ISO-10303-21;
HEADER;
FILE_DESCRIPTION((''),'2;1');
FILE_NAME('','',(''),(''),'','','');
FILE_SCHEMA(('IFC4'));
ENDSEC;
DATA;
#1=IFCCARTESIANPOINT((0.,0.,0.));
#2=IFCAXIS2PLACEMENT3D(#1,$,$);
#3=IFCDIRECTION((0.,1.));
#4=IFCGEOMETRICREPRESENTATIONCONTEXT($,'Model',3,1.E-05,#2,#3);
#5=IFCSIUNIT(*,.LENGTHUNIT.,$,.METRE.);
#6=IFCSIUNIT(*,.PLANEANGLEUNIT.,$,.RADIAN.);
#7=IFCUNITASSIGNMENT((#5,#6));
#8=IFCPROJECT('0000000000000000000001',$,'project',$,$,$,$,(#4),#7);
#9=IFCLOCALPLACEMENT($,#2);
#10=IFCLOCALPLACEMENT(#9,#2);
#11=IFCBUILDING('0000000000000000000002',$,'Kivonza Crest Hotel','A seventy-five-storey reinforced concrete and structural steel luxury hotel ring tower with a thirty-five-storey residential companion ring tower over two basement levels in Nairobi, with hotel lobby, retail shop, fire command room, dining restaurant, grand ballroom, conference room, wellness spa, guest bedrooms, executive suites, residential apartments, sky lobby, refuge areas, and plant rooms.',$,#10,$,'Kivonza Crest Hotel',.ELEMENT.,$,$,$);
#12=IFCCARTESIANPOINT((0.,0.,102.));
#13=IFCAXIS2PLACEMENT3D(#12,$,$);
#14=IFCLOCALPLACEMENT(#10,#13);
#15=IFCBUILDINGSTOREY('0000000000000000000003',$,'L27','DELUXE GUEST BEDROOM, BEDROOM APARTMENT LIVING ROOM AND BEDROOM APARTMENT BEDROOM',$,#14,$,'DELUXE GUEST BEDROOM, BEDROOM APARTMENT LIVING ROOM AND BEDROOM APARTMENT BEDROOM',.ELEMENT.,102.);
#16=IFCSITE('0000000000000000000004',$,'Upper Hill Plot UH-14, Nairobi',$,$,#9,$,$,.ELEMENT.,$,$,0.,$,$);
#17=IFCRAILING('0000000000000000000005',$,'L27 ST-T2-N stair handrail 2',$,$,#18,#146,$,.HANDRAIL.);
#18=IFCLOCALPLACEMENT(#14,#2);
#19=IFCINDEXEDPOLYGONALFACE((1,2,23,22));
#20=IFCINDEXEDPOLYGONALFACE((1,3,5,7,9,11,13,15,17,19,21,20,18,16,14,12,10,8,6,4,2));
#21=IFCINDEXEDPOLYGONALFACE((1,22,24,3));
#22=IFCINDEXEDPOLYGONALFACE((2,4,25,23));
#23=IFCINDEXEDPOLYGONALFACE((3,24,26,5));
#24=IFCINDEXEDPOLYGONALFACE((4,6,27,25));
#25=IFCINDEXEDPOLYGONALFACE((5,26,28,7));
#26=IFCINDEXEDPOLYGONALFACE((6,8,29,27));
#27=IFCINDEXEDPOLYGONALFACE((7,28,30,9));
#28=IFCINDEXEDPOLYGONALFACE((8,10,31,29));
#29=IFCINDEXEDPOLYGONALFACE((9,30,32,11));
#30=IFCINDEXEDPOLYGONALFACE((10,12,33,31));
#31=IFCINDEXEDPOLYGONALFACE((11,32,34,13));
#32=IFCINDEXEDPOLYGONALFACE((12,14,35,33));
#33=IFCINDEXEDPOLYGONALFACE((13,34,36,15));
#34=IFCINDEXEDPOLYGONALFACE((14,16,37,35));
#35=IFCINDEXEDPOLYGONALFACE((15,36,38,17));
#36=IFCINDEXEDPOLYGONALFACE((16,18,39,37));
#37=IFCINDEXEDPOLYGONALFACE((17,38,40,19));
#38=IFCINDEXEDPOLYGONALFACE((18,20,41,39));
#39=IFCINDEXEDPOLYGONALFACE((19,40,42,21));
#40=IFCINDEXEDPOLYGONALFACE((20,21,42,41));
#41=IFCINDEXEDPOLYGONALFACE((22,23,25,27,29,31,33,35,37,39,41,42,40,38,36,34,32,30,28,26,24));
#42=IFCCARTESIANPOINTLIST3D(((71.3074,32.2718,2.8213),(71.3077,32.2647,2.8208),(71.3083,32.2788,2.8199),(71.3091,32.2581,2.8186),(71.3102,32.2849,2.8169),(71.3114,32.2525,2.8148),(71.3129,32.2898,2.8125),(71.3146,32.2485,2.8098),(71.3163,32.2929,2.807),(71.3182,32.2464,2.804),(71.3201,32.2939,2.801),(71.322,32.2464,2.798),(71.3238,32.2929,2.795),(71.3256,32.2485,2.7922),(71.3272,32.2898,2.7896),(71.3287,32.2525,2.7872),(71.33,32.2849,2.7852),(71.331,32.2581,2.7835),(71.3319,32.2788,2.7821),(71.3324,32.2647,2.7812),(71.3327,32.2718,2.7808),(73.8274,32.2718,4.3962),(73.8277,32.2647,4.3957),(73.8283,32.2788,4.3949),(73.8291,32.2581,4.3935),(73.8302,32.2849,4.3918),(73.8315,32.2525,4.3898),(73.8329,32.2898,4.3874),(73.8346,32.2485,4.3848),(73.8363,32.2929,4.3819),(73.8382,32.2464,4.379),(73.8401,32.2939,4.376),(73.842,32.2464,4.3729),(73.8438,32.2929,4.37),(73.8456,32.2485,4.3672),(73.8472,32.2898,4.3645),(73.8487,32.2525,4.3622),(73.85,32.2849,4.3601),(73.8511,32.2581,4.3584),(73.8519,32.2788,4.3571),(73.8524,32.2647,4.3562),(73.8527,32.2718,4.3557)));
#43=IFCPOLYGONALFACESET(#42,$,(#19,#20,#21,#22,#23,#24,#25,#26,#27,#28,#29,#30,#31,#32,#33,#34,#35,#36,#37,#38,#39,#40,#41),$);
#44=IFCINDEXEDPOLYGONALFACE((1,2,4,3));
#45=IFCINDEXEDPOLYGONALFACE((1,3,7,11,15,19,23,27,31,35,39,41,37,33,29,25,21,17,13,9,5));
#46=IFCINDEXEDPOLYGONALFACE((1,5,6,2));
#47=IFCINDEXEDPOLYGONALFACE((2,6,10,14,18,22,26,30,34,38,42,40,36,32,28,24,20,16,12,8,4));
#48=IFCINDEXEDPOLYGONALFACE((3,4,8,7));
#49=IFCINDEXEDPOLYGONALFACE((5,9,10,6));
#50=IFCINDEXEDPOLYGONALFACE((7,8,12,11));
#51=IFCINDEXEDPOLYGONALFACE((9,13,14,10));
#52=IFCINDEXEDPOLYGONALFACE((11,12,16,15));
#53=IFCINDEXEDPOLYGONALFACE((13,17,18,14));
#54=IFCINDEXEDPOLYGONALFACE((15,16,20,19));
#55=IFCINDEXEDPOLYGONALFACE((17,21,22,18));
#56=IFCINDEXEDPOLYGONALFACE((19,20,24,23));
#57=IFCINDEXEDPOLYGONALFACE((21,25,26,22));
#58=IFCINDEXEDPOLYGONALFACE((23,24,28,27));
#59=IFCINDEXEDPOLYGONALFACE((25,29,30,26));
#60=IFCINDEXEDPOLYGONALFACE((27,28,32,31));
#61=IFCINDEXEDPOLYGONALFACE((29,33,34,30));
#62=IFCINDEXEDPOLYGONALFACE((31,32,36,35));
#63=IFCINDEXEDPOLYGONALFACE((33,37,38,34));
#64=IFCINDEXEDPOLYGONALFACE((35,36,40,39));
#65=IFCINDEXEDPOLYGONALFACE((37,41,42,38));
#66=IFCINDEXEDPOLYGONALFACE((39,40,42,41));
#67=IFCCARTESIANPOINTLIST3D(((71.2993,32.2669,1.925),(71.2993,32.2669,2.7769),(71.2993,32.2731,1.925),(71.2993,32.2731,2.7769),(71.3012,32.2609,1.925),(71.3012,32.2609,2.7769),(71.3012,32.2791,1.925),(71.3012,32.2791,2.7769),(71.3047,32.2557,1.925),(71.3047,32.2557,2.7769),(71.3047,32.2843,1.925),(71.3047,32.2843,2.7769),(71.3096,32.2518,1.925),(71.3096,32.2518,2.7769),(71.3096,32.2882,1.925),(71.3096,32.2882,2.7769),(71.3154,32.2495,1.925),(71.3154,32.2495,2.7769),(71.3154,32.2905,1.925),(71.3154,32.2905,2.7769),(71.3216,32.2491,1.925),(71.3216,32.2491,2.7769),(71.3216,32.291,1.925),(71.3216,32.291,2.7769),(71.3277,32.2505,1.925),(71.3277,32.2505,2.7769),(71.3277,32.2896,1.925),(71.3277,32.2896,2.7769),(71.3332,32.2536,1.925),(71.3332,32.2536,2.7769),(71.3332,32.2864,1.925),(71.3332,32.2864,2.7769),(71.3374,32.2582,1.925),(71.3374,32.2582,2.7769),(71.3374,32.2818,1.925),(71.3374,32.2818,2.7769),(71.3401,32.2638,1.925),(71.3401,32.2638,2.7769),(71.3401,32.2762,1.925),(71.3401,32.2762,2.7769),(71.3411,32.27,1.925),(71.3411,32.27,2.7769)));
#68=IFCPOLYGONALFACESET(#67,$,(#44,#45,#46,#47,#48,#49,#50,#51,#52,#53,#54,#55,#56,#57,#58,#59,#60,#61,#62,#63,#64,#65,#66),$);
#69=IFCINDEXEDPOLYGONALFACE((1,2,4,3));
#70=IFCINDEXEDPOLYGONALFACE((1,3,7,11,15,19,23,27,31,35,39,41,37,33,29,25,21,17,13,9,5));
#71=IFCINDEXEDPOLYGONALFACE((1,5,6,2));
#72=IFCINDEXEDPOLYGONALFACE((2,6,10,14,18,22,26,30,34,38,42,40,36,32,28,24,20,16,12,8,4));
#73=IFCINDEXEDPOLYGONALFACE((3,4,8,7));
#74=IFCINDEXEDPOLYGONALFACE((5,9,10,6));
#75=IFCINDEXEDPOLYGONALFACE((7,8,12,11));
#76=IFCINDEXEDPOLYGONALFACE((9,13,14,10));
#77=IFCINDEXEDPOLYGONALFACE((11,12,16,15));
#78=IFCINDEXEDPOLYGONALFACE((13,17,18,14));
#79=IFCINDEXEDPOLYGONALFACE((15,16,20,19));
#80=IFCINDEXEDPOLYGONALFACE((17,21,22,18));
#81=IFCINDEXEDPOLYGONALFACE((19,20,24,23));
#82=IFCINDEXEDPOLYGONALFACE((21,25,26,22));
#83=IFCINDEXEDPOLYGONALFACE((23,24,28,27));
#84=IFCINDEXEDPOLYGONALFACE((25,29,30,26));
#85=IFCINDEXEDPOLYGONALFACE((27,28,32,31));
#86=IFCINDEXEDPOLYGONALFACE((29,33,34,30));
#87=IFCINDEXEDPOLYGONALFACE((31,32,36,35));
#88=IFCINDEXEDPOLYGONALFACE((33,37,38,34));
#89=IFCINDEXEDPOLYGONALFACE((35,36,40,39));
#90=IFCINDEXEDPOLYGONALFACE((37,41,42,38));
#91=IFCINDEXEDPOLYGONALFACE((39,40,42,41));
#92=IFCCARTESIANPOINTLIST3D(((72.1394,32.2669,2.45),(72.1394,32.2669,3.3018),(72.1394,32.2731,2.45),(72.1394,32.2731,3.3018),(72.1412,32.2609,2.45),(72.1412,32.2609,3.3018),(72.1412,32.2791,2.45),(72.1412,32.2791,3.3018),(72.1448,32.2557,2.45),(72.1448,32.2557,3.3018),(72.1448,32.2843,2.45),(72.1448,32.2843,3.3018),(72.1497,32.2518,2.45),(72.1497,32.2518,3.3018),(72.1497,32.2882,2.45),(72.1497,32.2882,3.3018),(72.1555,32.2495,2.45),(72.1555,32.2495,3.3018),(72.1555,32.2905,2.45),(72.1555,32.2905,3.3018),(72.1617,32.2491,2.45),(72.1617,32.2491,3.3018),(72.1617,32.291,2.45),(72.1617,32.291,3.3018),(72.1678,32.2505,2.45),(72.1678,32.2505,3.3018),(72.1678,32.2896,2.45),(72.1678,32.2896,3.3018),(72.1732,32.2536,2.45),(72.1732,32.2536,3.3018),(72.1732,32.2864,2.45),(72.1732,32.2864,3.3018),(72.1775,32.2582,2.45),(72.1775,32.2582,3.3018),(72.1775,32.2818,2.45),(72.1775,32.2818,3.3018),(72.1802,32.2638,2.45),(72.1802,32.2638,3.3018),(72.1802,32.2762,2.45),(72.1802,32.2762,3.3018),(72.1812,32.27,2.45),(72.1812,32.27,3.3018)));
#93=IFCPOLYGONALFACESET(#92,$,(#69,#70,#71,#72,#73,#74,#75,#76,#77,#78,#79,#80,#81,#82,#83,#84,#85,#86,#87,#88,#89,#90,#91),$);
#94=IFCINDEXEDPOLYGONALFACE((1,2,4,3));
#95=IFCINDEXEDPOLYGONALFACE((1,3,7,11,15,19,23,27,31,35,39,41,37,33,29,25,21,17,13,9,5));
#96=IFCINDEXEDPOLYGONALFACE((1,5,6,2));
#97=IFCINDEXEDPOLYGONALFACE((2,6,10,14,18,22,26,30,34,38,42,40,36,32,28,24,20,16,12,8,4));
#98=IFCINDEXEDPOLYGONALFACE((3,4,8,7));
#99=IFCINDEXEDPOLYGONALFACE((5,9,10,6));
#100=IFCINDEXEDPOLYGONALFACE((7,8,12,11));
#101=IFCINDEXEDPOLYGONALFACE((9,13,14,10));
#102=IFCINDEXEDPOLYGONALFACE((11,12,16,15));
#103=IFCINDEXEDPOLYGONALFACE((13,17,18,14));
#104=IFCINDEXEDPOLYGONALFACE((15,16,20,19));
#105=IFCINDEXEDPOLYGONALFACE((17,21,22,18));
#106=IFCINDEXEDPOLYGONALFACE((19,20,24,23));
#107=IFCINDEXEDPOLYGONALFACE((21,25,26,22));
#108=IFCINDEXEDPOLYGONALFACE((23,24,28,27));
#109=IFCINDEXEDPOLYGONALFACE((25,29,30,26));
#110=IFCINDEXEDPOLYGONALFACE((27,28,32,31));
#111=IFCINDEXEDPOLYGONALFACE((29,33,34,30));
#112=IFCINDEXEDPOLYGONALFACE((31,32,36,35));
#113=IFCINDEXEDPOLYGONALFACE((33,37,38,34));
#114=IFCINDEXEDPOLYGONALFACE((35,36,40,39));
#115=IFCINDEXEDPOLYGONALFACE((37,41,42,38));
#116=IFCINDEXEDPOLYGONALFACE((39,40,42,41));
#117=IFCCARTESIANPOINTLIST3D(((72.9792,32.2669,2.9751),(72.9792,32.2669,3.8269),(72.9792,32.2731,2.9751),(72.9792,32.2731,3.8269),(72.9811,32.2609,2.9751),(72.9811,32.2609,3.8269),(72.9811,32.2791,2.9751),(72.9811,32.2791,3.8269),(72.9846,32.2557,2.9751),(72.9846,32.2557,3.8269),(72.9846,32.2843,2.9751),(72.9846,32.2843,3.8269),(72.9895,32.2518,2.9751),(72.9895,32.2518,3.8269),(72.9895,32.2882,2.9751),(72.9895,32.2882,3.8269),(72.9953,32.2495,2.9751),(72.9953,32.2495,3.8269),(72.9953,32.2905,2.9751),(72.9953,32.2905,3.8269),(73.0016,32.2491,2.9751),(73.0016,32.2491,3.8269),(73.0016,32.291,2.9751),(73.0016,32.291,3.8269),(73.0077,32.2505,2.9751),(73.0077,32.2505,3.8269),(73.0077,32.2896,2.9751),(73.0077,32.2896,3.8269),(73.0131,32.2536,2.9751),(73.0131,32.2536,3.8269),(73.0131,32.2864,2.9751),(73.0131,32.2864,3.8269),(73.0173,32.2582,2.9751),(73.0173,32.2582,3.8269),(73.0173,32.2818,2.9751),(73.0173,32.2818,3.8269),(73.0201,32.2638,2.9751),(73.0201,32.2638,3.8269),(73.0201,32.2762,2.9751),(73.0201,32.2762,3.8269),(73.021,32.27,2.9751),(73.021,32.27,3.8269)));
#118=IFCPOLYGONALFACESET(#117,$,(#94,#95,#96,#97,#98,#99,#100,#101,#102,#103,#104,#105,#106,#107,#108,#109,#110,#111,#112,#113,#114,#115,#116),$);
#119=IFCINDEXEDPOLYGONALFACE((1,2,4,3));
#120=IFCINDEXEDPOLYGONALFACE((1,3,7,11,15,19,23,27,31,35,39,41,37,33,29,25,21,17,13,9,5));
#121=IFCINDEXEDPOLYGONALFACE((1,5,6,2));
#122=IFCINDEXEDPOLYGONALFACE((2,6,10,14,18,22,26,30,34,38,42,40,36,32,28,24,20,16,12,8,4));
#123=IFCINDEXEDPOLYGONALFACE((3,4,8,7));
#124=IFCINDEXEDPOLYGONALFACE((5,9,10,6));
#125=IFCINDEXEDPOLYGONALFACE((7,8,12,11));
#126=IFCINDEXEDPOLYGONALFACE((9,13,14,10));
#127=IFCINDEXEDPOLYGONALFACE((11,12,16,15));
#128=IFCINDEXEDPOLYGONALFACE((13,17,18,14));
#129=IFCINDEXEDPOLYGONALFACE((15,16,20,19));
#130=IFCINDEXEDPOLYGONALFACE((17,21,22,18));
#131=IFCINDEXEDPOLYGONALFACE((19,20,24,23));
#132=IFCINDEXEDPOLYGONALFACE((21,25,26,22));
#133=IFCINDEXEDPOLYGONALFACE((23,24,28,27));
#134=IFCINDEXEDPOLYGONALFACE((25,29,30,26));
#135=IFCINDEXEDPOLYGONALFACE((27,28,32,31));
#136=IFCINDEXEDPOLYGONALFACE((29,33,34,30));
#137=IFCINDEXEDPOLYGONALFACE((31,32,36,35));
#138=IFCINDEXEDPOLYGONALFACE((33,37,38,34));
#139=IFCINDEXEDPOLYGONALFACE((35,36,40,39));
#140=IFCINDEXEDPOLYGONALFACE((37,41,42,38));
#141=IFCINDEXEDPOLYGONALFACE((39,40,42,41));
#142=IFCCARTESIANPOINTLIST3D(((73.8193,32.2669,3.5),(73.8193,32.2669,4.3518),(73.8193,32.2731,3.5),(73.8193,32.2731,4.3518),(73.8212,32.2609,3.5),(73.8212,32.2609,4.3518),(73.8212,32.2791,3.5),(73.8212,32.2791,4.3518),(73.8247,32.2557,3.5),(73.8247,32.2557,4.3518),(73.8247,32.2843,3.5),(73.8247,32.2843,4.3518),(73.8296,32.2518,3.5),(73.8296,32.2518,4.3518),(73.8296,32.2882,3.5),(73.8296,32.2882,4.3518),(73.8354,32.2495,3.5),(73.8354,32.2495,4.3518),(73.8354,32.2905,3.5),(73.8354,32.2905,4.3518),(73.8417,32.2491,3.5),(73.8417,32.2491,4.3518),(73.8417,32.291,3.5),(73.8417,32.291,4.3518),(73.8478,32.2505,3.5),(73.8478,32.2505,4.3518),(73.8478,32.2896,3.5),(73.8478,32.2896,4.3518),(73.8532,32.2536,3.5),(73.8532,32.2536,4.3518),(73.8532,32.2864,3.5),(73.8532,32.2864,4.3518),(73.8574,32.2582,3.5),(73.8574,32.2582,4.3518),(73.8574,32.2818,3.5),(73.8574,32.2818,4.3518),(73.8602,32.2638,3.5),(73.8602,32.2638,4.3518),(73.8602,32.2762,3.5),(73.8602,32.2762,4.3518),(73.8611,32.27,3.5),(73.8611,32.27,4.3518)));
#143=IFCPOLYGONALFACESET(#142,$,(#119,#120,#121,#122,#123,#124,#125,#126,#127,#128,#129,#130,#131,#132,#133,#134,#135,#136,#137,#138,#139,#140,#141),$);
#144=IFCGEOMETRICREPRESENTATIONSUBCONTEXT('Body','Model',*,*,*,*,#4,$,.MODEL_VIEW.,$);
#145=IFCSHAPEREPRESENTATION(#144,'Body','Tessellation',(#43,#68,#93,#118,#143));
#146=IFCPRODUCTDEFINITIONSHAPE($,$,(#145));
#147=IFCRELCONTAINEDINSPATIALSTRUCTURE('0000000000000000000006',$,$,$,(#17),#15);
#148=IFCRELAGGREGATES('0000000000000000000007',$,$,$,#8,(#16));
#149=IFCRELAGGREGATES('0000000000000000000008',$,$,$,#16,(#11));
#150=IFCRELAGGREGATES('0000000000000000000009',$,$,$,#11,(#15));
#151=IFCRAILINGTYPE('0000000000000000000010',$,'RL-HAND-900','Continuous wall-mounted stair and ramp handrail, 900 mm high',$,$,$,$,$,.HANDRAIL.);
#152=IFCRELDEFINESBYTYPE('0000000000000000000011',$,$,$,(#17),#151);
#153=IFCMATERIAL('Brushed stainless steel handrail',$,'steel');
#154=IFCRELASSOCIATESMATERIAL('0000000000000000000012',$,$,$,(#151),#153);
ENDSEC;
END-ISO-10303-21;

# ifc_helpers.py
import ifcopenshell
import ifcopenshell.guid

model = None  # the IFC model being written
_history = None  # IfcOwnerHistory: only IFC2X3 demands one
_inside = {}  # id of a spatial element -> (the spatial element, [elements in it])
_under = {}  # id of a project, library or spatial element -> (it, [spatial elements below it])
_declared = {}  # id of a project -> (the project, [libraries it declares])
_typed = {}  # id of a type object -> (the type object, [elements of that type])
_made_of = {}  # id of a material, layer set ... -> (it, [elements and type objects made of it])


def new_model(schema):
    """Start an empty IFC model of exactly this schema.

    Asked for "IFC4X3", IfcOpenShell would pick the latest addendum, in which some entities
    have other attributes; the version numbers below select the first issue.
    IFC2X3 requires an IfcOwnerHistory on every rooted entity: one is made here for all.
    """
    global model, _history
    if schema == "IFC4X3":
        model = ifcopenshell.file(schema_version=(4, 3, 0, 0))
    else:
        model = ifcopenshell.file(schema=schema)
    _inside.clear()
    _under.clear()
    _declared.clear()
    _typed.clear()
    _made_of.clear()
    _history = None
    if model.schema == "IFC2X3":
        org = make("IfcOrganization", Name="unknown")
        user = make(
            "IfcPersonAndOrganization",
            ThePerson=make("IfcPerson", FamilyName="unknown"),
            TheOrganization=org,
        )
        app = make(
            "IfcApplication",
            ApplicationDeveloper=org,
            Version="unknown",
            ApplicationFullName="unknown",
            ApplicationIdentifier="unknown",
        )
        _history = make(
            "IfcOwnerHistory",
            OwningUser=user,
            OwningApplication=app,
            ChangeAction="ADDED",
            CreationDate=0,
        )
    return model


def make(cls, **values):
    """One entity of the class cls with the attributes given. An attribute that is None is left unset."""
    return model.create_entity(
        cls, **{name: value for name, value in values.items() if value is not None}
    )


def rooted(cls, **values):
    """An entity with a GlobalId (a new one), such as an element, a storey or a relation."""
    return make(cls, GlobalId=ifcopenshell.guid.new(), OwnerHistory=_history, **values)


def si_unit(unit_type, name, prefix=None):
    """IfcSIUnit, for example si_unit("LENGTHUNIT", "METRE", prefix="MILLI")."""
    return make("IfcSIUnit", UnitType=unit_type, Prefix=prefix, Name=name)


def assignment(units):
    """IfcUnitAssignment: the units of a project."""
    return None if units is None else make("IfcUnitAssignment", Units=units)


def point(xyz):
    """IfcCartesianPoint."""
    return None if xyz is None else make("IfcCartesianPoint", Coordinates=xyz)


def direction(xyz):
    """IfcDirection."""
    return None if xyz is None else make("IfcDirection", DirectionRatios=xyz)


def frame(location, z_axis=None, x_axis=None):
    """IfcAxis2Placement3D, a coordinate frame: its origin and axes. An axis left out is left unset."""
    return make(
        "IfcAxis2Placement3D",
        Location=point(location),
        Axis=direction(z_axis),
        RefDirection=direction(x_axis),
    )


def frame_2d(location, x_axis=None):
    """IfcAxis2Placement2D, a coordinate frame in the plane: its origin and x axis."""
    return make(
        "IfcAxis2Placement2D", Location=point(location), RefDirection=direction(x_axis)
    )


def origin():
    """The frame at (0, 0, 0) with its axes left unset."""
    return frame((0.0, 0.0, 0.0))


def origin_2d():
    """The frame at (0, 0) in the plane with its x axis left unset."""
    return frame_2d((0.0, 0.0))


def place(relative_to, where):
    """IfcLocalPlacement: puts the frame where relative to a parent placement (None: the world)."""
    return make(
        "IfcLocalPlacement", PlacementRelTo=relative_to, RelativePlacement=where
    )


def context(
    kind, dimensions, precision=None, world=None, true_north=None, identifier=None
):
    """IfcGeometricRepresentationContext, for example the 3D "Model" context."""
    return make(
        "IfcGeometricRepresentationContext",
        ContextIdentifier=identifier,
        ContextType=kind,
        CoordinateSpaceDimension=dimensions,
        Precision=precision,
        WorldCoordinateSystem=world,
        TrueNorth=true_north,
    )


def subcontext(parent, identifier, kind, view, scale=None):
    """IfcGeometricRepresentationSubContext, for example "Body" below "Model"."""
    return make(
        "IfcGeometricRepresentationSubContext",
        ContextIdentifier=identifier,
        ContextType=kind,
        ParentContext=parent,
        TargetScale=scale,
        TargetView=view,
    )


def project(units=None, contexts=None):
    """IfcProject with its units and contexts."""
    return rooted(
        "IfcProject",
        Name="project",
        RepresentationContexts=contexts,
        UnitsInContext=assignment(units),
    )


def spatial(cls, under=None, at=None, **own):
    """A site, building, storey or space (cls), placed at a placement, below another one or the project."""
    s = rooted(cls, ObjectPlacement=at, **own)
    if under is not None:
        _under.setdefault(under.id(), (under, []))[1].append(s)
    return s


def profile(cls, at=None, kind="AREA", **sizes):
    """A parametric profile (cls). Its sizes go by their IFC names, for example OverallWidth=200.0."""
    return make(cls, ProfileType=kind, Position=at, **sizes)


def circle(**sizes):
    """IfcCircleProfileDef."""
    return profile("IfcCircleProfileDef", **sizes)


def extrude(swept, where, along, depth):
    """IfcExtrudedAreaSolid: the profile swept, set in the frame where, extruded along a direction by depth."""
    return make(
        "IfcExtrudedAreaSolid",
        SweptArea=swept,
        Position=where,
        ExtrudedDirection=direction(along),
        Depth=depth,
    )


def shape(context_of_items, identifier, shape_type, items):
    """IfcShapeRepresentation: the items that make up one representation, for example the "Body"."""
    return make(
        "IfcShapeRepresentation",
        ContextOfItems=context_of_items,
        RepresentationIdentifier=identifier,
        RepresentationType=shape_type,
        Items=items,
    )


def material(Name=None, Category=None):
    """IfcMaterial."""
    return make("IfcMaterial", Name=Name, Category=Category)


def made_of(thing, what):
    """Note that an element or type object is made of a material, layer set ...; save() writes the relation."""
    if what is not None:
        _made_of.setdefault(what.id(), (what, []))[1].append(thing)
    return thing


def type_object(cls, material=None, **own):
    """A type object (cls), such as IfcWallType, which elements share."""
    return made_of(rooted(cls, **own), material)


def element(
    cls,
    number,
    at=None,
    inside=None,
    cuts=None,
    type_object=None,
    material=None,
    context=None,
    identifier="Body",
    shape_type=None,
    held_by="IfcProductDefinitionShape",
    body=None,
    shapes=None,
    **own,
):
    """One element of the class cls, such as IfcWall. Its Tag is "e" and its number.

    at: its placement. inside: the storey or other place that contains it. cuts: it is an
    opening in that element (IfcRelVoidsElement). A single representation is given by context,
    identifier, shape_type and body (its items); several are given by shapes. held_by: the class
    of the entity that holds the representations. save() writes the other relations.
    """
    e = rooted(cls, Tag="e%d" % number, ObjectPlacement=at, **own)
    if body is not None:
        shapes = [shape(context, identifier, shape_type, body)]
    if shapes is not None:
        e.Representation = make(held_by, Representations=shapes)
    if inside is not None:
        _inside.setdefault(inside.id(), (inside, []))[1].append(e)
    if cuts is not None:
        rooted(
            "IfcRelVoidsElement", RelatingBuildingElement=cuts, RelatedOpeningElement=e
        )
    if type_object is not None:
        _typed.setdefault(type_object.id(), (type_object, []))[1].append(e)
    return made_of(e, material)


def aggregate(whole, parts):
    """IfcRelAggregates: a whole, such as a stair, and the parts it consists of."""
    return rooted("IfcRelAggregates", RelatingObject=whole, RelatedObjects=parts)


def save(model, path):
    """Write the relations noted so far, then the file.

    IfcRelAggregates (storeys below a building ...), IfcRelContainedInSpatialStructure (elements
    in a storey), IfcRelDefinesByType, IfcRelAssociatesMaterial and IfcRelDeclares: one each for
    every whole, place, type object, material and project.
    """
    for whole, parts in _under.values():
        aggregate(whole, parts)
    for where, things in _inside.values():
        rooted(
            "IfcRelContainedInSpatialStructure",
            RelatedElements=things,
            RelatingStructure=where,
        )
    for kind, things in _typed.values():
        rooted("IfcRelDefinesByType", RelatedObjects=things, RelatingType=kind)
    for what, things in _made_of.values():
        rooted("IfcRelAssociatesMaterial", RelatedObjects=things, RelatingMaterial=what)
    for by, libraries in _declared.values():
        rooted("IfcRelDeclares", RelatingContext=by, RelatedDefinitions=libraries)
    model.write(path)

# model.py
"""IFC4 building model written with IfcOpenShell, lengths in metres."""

from ifc_helpers import new_model, si_unit, direction, frame, origin, origin_2d, place, context, subcontext, project, spatial, circle, extrude, material, type_object, element, save


model = new_model("IFC4")

# Units and contexts
model_context = context("Model", 3, precision=1e-05, world=origin(), true_north=direction((0.0, 1.0)))
body_context = subcontext(model_context, "Body", "Model", "MODEL_VIEW")
ifc_project = project(units=[si_unit("LENGTHUNIT", "METRE"), si_unit("PLANEANGLEUNIT", "RADIAN")], contexts=[model_context])

# Site, building, storey
site_placement = place(None, origin())
site = spatial("IfcSite", under=ifc_project, at=site_placement, Name="Upper Hill Plot UH-14, Nairobi", CompositionType="ELEMENT", RefElevation=0.0)
building_placement = place(site_placement, origin())
building = spatial("IfcBuilding", under=site, at=building_placement, Name="Kivonza Crest Hotel", Description="A seventy-five-storey reinforced concrete and structural steel luxury hotel ring tower with a thirty-five-storey residential companion ring tower over two basement levels in Nairobi, with hotel lobby, retail shop, fire command room, dining restaurant, grand ballroom, conference room, wellness spa, guest bedrooms, executive suites, residential apartments, sky lobby, refuge areas, and plant rooms.", LongName="Kivonza Crest Hotel", CompositionType="ELEMENT")
storey_placement = place(building_placement, frame((0.0, 0.0, 102.0)))
storey = spatial("IfcBuildingStorey", under=building, at=storey_placement, Name="L27", Description="DELUXE GUEST BEDROOM, BEDROOM APARTMENT LIVING ROOM AND BEDROOM APARTMENT BEDROOM", LongName="DELUXE GUEST BEDROOM, BEDROOM APARTMENT LIVING ROOM AND BEDROOM APARTMENT BEDROOM", CompositionType="ELEMENT", Elevation=102.0)

# Railing
ifc_material_1 = material(Name="Brushed stainless steel handrail", Category="steel")
railing_type_1 = type_object("IfcRailingType", Name="RL-HAND-900", Description="Continuous wall-mounted stair and ramp handrail, 900 mm high", PredefinedType="HANDRAIL", material=ifc_material_1)
railing_1_placement = place(storey_placement, frame((71.3201, 32.27, 1.925)))
element("IfcRailing", 1, at=railing_1_placement, inside=storey, type_object=railing_type_1, Name="L27 ST-T2-N stair handrail 2", PredefinedType="HANDRAIL", context=body_context, shape_type="SweptSolid", body=[
    extrude(circle(Radius=0.0239, at=origin_2d()), frame((0.0, 0.0, 0.876), z_axis=(0.848008, 0.0, 0.529984), x_axis=(0.0, 1.0, 0.0)), (0.0, 0.0, 1.0), 2.9717),
    extrude(circle(Radius=0.021, at=origin_2d()), origin(), (0.0, 0.0, 1.0), 0.8518),
    extrude(circle(Radius=0.021, at=origin_2d()), frame((0.8401, 0.0, 0.5249)), (0.0, 0.0, 1.0), 0.8518),
    extrude(circle(Radius=0.021, at=origin_2d()), frame((1.6799, 0.0, 1.05)), (0.0, 0.0, 1.0), 0.8518),
    extrude(circle(Radius=0.021, at=origin_2d()), frame((2.52, 0.0, 1.575)), (0.0, 0.0, 1.0), 0.8518),
])

save(model, "model.ifc")
